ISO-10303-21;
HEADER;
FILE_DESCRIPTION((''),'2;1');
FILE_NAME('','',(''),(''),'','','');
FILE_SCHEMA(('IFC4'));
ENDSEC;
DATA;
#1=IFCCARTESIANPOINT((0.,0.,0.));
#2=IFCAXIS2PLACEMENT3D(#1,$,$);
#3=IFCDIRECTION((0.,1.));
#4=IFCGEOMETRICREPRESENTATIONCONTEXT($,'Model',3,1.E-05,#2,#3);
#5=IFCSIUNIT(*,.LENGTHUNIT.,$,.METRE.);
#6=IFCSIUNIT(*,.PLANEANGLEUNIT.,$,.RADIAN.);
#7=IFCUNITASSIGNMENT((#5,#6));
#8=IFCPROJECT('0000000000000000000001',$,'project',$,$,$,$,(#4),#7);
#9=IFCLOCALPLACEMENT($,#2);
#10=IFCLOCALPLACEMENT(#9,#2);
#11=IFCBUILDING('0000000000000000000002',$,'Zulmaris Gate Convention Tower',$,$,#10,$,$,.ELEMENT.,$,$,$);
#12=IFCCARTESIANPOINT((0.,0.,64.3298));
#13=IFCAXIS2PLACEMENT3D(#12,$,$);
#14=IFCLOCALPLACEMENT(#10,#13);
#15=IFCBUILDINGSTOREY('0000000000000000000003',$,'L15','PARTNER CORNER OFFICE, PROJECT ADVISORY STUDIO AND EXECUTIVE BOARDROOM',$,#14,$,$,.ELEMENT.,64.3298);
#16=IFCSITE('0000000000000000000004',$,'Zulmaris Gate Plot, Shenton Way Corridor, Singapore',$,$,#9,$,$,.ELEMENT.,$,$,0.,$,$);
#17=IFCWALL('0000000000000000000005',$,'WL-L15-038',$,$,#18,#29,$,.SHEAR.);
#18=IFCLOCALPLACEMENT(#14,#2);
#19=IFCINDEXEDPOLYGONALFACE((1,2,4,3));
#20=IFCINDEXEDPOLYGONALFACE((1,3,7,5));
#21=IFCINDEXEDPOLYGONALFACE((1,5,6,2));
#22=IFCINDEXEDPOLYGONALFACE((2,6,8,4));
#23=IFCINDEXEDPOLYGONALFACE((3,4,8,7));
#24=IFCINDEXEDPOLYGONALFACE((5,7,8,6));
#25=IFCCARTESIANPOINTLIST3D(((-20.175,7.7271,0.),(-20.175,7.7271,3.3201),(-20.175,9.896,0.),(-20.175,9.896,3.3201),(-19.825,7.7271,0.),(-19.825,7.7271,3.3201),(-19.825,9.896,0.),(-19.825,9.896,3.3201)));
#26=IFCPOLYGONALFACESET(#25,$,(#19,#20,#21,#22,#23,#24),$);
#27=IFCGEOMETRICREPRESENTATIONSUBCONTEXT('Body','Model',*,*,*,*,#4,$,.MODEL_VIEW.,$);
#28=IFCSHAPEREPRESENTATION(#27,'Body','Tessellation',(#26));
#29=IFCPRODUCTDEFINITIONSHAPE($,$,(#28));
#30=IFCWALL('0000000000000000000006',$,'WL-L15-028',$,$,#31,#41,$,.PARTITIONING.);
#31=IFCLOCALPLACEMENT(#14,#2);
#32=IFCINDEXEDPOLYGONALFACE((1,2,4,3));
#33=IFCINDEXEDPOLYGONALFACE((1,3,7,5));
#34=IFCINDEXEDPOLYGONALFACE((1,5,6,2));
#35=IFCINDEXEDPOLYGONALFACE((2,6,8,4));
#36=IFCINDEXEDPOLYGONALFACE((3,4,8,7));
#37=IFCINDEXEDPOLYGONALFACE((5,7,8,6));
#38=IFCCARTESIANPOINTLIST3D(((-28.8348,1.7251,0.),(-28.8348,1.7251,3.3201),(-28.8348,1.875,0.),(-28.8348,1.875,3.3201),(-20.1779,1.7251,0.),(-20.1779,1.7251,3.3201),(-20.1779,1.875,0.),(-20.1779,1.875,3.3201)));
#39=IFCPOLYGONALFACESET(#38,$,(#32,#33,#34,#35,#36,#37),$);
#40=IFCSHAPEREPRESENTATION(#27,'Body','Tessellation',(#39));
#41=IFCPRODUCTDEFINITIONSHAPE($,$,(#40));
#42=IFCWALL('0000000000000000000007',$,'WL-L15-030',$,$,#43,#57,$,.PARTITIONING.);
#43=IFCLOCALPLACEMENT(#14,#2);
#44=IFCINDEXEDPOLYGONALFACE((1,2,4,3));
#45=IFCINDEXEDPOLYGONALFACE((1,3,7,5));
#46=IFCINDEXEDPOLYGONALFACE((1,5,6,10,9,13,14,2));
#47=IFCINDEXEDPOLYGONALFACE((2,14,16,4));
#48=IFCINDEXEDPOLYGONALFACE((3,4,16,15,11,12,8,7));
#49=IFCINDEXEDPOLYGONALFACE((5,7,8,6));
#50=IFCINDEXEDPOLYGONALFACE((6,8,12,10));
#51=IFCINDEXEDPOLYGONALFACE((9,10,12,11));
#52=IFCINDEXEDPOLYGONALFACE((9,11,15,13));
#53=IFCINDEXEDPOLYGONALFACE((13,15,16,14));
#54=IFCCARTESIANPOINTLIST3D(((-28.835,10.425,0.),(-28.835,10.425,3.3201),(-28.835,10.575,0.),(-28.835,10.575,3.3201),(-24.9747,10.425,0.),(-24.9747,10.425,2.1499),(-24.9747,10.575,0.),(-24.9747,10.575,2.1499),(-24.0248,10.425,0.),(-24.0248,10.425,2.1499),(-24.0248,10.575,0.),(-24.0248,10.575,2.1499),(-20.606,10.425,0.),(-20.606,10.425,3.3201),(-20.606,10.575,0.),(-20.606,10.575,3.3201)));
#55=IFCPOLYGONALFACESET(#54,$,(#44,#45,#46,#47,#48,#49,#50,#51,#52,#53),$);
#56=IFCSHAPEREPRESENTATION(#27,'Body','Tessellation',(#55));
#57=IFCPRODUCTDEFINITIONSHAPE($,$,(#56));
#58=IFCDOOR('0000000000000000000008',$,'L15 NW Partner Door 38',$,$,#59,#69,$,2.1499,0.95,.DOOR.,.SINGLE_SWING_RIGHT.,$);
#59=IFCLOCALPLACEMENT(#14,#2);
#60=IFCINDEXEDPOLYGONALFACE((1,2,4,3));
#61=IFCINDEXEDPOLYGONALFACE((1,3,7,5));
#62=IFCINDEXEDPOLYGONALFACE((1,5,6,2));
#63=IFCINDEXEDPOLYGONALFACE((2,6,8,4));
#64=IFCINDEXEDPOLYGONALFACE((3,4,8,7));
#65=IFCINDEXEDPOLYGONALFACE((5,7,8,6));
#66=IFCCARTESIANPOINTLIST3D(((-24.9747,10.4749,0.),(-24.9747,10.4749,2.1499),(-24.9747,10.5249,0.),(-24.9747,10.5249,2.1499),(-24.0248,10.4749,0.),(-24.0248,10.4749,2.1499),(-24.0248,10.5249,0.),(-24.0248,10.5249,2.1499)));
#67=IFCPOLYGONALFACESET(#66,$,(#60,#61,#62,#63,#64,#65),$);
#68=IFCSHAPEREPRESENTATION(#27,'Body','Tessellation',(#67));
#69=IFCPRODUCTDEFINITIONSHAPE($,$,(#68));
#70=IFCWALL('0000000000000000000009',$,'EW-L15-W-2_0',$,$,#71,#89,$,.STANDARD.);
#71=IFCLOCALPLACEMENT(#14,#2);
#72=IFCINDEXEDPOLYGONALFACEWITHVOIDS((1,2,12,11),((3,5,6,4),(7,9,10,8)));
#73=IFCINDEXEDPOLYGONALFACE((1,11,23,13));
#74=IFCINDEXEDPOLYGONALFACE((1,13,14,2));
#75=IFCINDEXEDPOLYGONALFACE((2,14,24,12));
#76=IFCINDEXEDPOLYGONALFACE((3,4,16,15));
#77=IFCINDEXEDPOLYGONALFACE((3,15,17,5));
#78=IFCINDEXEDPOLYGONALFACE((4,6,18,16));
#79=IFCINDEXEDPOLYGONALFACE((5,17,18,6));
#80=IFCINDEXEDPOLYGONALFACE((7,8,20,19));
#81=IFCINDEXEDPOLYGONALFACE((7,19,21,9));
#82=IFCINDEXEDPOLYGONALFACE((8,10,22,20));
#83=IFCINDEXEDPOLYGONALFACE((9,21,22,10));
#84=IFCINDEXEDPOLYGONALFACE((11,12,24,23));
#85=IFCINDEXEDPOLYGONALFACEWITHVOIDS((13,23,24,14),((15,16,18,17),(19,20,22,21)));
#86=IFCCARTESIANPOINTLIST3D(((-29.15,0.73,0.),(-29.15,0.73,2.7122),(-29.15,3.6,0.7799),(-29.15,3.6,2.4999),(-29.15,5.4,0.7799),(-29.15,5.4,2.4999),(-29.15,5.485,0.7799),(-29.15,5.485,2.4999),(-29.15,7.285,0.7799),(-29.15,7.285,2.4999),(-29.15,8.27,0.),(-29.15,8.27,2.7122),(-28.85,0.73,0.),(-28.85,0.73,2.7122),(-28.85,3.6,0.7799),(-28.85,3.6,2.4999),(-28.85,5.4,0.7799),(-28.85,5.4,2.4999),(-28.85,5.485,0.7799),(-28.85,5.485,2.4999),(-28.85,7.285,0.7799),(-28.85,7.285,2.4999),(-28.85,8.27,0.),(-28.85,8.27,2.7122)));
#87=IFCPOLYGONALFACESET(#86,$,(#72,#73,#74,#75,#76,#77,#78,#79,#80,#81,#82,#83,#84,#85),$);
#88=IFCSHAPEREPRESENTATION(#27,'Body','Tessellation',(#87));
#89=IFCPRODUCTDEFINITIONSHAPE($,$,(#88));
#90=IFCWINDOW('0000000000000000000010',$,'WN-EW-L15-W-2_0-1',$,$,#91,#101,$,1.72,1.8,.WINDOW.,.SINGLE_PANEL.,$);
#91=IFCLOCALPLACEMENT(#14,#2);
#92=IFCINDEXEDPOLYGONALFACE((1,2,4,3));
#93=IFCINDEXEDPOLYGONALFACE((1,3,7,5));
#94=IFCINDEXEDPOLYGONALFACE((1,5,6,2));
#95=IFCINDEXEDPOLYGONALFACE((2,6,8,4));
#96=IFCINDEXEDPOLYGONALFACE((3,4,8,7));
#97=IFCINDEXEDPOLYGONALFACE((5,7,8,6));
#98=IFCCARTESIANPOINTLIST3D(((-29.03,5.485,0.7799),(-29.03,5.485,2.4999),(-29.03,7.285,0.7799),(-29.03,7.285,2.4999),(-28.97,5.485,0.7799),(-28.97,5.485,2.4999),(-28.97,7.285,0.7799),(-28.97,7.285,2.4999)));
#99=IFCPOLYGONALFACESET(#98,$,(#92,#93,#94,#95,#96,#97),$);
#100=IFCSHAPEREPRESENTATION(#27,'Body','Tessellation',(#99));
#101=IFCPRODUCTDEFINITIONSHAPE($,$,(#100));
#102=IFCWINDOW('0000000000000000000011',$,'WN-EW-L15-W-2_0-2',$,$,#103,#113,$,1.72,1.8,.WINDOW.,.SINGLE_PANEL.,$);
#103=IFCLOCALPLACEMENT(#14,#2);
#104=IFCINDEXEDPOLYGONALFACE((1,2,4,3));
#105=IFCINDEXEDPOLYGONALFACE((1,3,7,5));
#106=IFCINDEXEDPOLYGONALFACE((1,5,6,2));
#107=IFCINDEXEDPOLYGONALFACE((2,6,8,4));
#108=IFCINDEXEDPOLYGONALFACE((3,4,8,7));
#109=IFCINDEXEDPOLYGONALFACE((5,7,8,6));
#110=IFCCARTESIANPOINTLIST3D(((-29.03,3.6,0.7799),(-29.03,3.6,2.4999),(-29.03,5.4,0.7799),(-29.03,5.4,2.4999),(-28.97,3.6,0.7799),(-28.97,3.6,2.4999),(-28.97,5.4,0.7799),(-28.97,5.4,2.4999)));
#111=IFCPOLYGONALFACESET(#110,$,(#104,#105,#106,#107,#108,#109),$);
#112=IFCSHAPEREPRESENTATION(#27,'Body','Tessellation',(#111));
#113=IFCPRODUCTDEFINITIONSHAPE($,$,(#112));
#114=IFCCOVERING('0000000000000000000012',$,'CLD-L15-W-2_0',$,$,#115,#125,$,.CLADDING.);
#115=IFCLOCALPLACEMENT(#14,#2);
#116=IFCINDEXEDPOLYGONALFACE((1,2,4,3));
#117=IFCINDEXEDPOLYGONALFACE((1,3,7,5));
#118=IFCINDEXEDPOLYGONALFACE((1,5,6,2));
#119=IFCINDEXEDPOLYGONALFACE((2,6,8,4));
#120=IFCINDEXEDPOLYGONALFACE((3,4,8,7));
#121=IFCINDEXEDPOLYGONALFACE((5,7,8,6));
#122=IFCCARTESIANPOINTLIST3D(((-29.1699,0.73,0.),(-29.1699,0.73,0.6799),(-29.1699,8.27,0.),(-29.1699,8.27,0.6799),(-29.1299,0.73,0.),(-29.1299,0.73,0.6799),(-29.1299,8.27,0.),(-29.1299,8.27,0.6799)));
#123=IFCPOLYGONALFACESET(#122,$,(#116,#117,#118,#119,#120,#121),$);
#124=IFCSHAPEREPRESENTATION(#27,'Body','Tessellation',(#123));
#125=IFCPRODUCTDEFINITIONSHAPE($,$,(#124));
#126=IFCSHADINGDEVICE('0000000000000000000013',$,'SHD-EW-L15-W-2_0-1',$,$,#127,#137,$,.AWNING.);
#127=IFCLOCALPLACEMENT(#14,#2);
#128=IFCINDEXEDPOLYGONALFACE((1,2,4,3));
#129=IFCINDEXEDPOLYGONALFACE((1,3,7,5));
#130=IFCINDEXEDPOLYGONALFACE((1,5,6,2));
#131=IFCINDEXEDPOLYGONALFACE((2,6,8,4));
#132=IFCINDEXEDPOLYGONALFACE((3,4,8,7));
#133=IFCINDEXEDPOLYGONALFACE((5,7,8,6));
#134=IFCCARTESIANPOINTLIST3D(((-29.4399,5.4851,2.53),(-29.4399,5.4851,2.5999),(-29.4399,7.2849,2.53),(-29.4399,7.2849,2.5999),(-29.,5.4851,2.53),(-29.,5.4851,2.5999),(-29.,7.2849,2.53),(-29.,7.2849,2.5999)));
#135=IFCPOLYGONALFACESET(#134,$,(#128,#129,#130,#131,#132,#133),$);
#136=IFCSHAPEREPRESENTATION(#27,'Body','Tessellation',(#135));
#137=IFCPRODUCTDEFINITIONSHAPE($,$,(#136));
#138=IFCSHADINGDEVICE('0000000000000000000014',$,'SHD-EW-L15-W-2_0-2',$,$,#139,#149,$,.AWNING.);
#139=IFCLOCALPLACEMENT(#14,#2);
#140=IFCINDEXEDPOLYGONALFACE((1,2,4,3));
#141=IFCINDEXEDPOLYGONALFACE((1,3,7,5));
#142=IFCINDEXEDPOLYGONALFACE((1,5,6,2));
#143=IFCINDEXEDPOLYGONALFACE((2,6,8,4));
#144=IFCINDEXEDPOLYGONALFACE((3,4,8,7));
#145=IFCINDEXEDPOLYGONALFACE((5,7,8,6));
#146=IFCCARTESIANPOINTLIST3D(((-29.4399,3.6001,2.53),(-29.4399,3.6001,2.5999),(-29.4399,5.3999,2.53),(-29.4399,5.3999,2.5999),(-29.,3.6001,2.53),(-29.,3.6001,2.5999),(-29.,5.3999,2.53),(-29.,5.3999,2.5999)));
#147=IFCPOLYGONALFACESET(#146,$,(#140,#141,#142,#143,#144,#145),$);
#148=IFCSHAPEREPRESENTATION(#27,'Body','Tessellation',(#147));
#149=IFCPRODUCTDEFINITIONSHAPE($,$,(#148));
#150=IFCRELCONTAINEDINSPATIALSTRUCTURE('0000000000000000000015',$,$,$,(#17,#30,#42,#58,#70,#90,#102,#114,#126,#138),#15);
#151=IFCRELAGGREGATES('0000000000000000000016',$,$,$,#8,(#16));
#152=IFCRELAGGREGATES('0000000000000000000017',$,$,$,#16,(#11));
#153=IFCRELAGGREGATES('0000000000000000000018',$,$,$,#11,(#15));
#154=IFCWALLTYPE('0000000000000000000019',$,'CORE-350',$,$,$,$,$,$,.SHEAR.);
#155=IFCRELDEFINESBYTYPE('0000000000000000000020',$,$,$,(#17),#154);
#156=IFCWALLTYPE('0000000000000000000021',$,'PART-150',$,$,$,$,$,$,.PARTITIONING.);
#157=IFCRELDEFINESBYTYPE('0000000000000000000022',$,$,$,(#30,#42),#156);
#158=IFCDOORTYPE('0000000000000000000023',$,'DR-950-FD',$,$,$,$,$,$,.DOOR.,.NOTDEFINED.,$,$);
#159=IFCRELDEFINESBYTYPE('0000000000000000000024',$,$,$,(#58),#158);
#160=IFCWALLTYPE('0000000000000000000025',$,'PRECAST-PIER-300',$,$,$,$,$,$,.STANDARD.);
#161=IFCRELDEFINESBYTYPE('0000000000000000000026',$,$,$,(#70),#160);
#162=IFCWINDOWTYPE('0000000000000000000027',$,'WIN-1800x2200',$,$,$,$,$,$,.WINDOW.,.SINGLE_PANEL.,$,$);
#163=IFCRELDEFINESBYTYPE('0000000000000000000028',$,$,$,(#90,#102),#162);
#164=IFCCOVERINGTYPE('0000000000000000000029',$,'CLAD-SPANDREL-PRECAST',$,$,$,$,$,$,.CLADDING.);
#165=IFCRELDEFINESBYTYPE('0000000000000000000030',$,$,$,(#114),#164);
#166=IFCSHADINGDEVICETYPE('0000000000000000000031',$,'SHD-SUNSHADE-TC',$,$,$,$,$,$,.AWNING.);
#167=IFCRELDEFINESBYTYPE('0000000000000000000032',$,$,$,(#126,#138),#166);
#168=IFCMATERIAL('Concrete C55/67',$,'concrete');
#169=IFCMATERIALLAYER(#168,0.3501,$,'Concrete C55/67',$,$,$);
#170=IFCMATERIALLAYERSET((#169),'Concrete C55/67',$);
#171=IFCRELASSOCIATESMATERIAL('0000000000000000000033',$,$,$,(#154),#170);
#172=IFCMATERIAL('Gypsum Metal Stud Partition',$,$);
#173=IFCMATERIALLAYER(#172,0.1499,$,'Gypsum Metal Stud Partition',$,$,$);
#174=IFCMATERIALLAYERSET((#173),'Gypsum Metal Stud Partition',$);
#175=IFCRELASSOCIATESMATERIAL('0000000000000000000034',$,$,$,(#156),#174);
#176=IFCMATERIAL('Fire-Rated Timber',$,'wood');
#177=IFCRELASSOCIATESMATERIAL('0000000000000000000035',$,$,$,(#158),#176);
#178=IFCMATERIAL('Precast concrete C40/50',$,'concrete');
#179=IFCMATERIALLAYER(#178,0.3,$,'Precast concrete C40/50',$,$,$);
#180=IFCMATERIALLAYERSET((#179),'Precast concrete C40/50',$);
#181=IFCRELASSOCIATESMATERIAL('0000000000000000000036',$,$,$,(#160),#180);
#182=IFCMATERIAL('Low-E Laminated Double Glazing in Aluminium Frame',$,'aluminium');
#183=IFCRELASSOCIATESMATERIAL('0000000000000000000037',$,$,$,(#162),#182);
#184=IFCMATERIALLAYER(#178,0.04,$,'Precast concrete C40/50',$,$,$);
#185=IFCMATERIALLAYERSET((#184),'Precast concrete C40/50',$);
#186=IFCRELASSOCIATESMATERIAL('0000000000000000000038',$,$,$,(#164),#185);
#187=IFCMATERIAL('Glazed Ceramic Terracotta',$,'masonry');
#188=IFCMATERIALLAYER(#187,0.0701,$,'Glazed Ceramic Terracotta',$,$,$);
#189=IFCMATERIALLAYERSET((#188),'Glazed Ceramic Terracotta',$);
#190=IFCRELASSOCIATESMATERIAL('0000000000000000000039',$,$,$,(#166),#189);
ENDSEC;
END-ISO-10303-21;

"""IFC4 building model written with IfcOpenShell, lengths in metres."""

from ifc_helpers import new_model, si_unit, direction, frame, frame_2d, origin, place, context, subcontext, project, spatial, rectangle, extrude, material, layer, layer_set, type_object, element, fill, save


model = new_model("IFC4")

# Units and contexts
model_context = context("Model", 3, precision=1e-05, world=origin(), true_north=direction((0.0, 1.0)))
body_context = subcontext(model_context, "Body", "Model", "MODEL_VIEW")
ifc_project = project(units=[si_unit("LENGTHUNIT", "METRE"), si_unit("PLANEANGLEUNIT", "RADIAN")], contexts=[model_context])

# Site, building, storey
site_placement = place(None, origin())
site = spatial("IfcSite", under=ifc_project, at=site_placement, Name="Zulmaris Gate Plot, Shenton Way Corridor, Singapore", CompositionType="ELEMENT", RefElevation=0.0)
building_placement = place(site_placement, origin())
building = spatial("IfcBuilding", under=site, at=building_placement, Name="Zulmaris Gate Convention Tower", CompositionType="ELEMENT")
storey_placement = place(building_placement, frame((0.0, 0.0, 64.3298)))
storey = spatial("IfcBuildingStorey", under=building, at=storey_placement, Name="L15", Description="PARTNER CORNER OFFICE, PROJECT ADVISORY STUDIO AND EXECUTIVE BOARDROOM", CompositionType="ELEMENT", Elevation=64.3298)

# Walls
ifc_material_1 = material(Name="Concrete C55/67", Category="concrete")
ifc_layer_1 = layer(ifc_material_1, 0.3501, Name="Concrete C55/67")
ifc_layer_set_1 = layer_set([ifc_layer_1], Name="Concrete C55/67")
wall_type_1 = type_object("IfcWallType", Name="CORE-350", PredefinedType="SHEAR", material=ifc_layer_set_1)
wall_1_placement = place(storey_placement, frame((-20.0, 7.7271, 0.0), z_axis=(0.0, 0.0, 1.0), x_axis=(0.0, 1.0, 0.0)))
element("IfcWall", 1, at=wall_1_placement, inside=storey, type_object=wall_type_1, Name="WL-L15-038", PredefinedType="SHEAR", context=body_context, shape_type="SweptSolid", body=[
    extrude(rectangle(XDim=2.1689, YDim=0.3501, at=frame_2d((1.0845, 0.0))), origin(), (0.0, 0.0, 1.0), 3.3201),
])
ifc_material_2 = material(Name="Gypsum Metal Stud Partition")
ifc_layer_2 = layer(ifc_material_2, 0.1499, Name="Gypsum Metal Stud Partition")
ifc_layer_set_2 = layer_set([ifc_layer_2], Name="Gypsum Metal Stud Partition")
wall_type_2 = type_object("IfcWallType", Name="PART-150", PredefinedType="PARTITIONING", material=ifc_layer_set_2)
wall_2_placement = place(storey_placement, frame((-28.835, 1.8, 0.0), z_axis=(0.0, 0.0, 1.0), x_axis=(1.0, 0.0, 0.0)))
element("IfcWall", 2, at=wall_2_placement, inside=storey, type_object=wall_type_2, Name="WL-L15-028", PredefinedType="PARTITIONING", context=body_context, shape_type="SweptSolid", body=[
    extrude(rectangle(XDim=8.657, YDim=0.1499, at=frame_2d((4.3286, 0.0))), origin(), (0.0, 0.0, 1.0), 3.3201),
])

# Wall, opening, door
wall_3_placement = place(storey_placement, frame((-28.835, 10.5, 0.0), z_axis=(0.0, 0.0, 1.0), x_axis=(1.0, 0.0, 0.0)))
wall_3 = element("IfcWall", 3, at=wall_3_placement, inside=storey, type_object=wall_type_2, Name="WL-L15-030", PredefinedType="PARTITIONING", context=body_context, shape_type="SweptSolid", body=[
    extrude(rectangle(XDim=8.229, YDim=0.1499, at=frame_2d((4.1145, 0.0))), origin(), (0.0, 0.0, 1.0), 3.3201),
])
opening_1_placement = place(wall_3_placement, frame((3.8601, 0.0, 0.0)))
opening_1 = element("IfcOpeningElement", 4, at=opening_1_placement, cuts=wall_3, PredefinedType="OPENING", context=body_context, shape_type="SweptSolid", body=[
    extrude(rectangle(XDim=0.95, YDim=2.1499, at=frame_2d((0.4751, 1.075))), frame((0.0, 0.085, 0.0), z_axis=(0.0, -1.0, 0.0), x_axis=(1.0, 0.0, 0.0)), (0.0, 0.0, 1.0), 0.1699),
])
ifc_material_3 = material(Name="Fire-Rated Timber", Category="wood")
door_type_1 = type_object("IfcDoorType", Name="DR-950-FD", OperationType="NOTDEFINED", PredefinedType="DOOR", material=ifc_material_3)
door_1_placement = place(opening_1_placement, origin())
door_1 = element("IfcDoor", 5, at=door_1_placement, inside=storey, type_object=door_type_1, Name="L15 NW Partner Door 38", OperationType="SINGLE_SWING_RIGHT", OverallHeight=2.1499, OverallWidth=0.95, PredefinedType="DOOR", context=body_context, shape_type="SweptSolid", body=[
    extrude(rectangle(XDim=0.95, YDim=2.1499, at=frame_2d((0.4751, 1.075))), frame((0.0, 0.0249, 0.0), z_axis=(0.0, -1.0, 0.0), x_axis=(1.0, 0.0, 0.0)), (0.0, 0.0, 1.0), 0.05),
])
fill(opening_1, door_1)

# Wall, openings, windows
ifc_material_4 = material(Name="Precast concrete C40/50", Category="concrete")
ifc_layer_3 = layer(ifc_material_4, 0.3, Name="Precast concrete C40/50")
ifc_layer_set_3 = layer_set([ifc_layer_3], Name="Precast concrete C40/50")
wall_type_3 = type_object("IfcWallType", Name="PRECAST-PIER-300", PredefinedType="STANDARD", material=ifc_layer_set_3)
wall_4_placement = place(storey_placement, frame((-29.0, 8.27, 0.0), z_axis=(0.0, 0.0, 1.0), x_axis=(0.0, -1.0, 0.0)))
wall_4 = element("IfcWall", 6, at=wall_4_placement, inside=storey, type_object=wall_type_3, Name="EW-L15-W-2_0", PredefinedType="STANDARD", context=body_context, shape_type="SweptSolid", body=[
    extrude(rectangle(XDim=7.54, YDim=0.3, at=frame_2d((3.77, 0.0))), origin(), (0.0, 0.0, 1.0), 2.7122),
])
opening_2_placement = place(wall_4_placement, frame((0.9851, 0.0, 0.78)))
opening_2 = element("IfcOpeningElement", 7, at=opening_2_placement, cuts=wall_4, PredefinedType="OPENING", context=body_context, shape_type="SweptSolid", body=[
    extrude(rectangle(XDim=1.8, YDim=1.72, at=frame_2d((0.8999, 0.8599))), frame((0.0, 0.1602, 0.0), z_axis=(0.0, -1.0, 0.0), x_axis=(1.0, 0.0, 0.0)), (0.0, 0.0, 1.0), 0.3201),
])
opening_3_placement = place(wall_4_placement, frame((2.8701, 0.0, 0.78)))
opening_3 = element("IfcOpeningElement", 8, at=opening_3_placement, cuts=wall_4, PredefinedType="OPENING", context=body_context, shape_type="SweptSolid", body=[
    extrude(rectangle(XDim=1.8, YDim=1.72, at=frame_2d((0.8999, 0.8599))), frame((0.0, 0.1602, 0.0), z_axis=(0.0, -1.0, 0.0), x_axis=(1.0, 0.0, 0.0)), (0.0, 0.0, 1.0), 0.3201),
])
ifc_material_5 = material(Name="Low-E Laminated Double Glazing in Aluminium Frame", Category="aluminium")
window_type = type_object("IfcWindowType", Name="WIN-1800x2200", PartitioningType="SINGLE_PANEL", PredefinedType="WINDOW", material=ifc_material_5)
window_1_placement = place(opening_2_placement, origin())
window_1 = element("IfcWindow", 9, at=window_1_placement, inside=storey, type_object=window_type, Name="WN-EW-L15-W-2_0-1", OverallHeight=1.72, OverallWidth=1.8, PartitioningType="SINGLE_PANEL", PredefinedType="WINDOW", context=body_context, shape_type="SweptSolid", body=[
    extrude(rectangle(XDim=1.8, YDim=1.72, at=frame_2d((0.8999, 0.8599))), frame((0.0, 0.03, 0.0), z_axis=(0.0, -1.0, 0.0), x_axis=(1.0, 0.0, 0.0)), (0.0, 0.0, 1.0), 0.0601),
])
fill(opening_2, window_1)
window_2_placement = place(opening_3_placement, origin())
window_2 = element("IfcWindow", 10, at=window_2_placement, inside=storey, type_object=window_type, Name="WN-EW-L15-W-2_0-2", OverallHeight=1.72, OverallWidth=1.8, PartitioningType="SINGLE_PANEL", PredefinedType="WINDOW", context=body_context, shape_type="SweptSolid", body=[
    extrude(rectangle(XDim=1.8, YDim=1.72, at=frame_2d((0.8999, 0.8599))), frame((0.0, 0.03, 0.0), z_axis=(0.0, -1.0, 0.0), x_axis=(1.0, 0.0, 0.0)), (0.0, 0.0, 1.0), 0.0601),
])
fill(opening_3, window_2)

# Covering
ifc_layer_4 = layer(ifc_material_4, 0.04, Name="Precast concrete C40/50")
ifc_layer_set_4 = layer_set([ifc_layer_4], Name="Precast concrete C40/50")
covering_type = type_object("IfcCoveringType", Name="CLAD-SPANDREL-PRECAST", PredefinedType="CLADDING", material=ifc_layer_set_4)
covering_placement = place(storey_placement, frame((-29.1499, 8.27, 0.0), z_axis=(0.0, 0.0, 1.0), x_axis=(0.0, -1.0, 0.0)))
element("IfcCovering", 11, at=covering_placement, inside=storey, type_object=covering_type, Name="CLD-L15-W-2_0", PredefinedType="CLADDING", context=body_context, shape_type="SweptSolid", body=[
    extrude(rectangle(XDim=7.54, YDim=0.04, at=frame_2d((3.77, 0.0))), origin(), (0.0, 0.0, 1.0), 0.6799),
])

# Shading devices
ifc_material_6 = material(Name="Glazed Ceramic Terracotta", Category="masonry")
ifc_layer_5 = layer(ifc_material_6, 0.0701, Name="Glazed Ceramic Terracotta")
ifc_layer_set_5 = layer_set([ifc_layer_5], Name="Glazed Ceramic Terracotta")
shading_device_type = type_object("IfcShadingDeviceType", Name="SHD-SUNSHADE-TC", PredefinedType="AWNING", material=ifc_layer_set_5)
for number, where, z_axis, x_axis, name in (
    (12, (-29.22, 7.2849, 2.53), (0.0, 0.0, 1.0), (0.0, -1.0, 0.0), "SHD-EW-L15-W-2_0-1"),
    (13, (-29.22, 5.3999, 2.53), (0.0, 0.0, 1.0), (0.0, -1.0, 0.0), "SHD-EW-L15-W-2_0-2"),
):
    element("IfcShadingDevice", number, at=place(storey_placement, frame(where, z_axis=z_axis, x_axis=x_axis)), inside=storey, type_object=shading_device_type, Name=name, PredefinedType="AWNING", context=body_context, shape_type="SweptSolid", body=[
        extrude(rectangle(XDim=1.7998, YDim=0.4399, at=frame_2d((0.8999, 0.0))), origin(), (0.0, 0.0, 1.0), 0.0698),
    ])

save(model, "model.ifc")
